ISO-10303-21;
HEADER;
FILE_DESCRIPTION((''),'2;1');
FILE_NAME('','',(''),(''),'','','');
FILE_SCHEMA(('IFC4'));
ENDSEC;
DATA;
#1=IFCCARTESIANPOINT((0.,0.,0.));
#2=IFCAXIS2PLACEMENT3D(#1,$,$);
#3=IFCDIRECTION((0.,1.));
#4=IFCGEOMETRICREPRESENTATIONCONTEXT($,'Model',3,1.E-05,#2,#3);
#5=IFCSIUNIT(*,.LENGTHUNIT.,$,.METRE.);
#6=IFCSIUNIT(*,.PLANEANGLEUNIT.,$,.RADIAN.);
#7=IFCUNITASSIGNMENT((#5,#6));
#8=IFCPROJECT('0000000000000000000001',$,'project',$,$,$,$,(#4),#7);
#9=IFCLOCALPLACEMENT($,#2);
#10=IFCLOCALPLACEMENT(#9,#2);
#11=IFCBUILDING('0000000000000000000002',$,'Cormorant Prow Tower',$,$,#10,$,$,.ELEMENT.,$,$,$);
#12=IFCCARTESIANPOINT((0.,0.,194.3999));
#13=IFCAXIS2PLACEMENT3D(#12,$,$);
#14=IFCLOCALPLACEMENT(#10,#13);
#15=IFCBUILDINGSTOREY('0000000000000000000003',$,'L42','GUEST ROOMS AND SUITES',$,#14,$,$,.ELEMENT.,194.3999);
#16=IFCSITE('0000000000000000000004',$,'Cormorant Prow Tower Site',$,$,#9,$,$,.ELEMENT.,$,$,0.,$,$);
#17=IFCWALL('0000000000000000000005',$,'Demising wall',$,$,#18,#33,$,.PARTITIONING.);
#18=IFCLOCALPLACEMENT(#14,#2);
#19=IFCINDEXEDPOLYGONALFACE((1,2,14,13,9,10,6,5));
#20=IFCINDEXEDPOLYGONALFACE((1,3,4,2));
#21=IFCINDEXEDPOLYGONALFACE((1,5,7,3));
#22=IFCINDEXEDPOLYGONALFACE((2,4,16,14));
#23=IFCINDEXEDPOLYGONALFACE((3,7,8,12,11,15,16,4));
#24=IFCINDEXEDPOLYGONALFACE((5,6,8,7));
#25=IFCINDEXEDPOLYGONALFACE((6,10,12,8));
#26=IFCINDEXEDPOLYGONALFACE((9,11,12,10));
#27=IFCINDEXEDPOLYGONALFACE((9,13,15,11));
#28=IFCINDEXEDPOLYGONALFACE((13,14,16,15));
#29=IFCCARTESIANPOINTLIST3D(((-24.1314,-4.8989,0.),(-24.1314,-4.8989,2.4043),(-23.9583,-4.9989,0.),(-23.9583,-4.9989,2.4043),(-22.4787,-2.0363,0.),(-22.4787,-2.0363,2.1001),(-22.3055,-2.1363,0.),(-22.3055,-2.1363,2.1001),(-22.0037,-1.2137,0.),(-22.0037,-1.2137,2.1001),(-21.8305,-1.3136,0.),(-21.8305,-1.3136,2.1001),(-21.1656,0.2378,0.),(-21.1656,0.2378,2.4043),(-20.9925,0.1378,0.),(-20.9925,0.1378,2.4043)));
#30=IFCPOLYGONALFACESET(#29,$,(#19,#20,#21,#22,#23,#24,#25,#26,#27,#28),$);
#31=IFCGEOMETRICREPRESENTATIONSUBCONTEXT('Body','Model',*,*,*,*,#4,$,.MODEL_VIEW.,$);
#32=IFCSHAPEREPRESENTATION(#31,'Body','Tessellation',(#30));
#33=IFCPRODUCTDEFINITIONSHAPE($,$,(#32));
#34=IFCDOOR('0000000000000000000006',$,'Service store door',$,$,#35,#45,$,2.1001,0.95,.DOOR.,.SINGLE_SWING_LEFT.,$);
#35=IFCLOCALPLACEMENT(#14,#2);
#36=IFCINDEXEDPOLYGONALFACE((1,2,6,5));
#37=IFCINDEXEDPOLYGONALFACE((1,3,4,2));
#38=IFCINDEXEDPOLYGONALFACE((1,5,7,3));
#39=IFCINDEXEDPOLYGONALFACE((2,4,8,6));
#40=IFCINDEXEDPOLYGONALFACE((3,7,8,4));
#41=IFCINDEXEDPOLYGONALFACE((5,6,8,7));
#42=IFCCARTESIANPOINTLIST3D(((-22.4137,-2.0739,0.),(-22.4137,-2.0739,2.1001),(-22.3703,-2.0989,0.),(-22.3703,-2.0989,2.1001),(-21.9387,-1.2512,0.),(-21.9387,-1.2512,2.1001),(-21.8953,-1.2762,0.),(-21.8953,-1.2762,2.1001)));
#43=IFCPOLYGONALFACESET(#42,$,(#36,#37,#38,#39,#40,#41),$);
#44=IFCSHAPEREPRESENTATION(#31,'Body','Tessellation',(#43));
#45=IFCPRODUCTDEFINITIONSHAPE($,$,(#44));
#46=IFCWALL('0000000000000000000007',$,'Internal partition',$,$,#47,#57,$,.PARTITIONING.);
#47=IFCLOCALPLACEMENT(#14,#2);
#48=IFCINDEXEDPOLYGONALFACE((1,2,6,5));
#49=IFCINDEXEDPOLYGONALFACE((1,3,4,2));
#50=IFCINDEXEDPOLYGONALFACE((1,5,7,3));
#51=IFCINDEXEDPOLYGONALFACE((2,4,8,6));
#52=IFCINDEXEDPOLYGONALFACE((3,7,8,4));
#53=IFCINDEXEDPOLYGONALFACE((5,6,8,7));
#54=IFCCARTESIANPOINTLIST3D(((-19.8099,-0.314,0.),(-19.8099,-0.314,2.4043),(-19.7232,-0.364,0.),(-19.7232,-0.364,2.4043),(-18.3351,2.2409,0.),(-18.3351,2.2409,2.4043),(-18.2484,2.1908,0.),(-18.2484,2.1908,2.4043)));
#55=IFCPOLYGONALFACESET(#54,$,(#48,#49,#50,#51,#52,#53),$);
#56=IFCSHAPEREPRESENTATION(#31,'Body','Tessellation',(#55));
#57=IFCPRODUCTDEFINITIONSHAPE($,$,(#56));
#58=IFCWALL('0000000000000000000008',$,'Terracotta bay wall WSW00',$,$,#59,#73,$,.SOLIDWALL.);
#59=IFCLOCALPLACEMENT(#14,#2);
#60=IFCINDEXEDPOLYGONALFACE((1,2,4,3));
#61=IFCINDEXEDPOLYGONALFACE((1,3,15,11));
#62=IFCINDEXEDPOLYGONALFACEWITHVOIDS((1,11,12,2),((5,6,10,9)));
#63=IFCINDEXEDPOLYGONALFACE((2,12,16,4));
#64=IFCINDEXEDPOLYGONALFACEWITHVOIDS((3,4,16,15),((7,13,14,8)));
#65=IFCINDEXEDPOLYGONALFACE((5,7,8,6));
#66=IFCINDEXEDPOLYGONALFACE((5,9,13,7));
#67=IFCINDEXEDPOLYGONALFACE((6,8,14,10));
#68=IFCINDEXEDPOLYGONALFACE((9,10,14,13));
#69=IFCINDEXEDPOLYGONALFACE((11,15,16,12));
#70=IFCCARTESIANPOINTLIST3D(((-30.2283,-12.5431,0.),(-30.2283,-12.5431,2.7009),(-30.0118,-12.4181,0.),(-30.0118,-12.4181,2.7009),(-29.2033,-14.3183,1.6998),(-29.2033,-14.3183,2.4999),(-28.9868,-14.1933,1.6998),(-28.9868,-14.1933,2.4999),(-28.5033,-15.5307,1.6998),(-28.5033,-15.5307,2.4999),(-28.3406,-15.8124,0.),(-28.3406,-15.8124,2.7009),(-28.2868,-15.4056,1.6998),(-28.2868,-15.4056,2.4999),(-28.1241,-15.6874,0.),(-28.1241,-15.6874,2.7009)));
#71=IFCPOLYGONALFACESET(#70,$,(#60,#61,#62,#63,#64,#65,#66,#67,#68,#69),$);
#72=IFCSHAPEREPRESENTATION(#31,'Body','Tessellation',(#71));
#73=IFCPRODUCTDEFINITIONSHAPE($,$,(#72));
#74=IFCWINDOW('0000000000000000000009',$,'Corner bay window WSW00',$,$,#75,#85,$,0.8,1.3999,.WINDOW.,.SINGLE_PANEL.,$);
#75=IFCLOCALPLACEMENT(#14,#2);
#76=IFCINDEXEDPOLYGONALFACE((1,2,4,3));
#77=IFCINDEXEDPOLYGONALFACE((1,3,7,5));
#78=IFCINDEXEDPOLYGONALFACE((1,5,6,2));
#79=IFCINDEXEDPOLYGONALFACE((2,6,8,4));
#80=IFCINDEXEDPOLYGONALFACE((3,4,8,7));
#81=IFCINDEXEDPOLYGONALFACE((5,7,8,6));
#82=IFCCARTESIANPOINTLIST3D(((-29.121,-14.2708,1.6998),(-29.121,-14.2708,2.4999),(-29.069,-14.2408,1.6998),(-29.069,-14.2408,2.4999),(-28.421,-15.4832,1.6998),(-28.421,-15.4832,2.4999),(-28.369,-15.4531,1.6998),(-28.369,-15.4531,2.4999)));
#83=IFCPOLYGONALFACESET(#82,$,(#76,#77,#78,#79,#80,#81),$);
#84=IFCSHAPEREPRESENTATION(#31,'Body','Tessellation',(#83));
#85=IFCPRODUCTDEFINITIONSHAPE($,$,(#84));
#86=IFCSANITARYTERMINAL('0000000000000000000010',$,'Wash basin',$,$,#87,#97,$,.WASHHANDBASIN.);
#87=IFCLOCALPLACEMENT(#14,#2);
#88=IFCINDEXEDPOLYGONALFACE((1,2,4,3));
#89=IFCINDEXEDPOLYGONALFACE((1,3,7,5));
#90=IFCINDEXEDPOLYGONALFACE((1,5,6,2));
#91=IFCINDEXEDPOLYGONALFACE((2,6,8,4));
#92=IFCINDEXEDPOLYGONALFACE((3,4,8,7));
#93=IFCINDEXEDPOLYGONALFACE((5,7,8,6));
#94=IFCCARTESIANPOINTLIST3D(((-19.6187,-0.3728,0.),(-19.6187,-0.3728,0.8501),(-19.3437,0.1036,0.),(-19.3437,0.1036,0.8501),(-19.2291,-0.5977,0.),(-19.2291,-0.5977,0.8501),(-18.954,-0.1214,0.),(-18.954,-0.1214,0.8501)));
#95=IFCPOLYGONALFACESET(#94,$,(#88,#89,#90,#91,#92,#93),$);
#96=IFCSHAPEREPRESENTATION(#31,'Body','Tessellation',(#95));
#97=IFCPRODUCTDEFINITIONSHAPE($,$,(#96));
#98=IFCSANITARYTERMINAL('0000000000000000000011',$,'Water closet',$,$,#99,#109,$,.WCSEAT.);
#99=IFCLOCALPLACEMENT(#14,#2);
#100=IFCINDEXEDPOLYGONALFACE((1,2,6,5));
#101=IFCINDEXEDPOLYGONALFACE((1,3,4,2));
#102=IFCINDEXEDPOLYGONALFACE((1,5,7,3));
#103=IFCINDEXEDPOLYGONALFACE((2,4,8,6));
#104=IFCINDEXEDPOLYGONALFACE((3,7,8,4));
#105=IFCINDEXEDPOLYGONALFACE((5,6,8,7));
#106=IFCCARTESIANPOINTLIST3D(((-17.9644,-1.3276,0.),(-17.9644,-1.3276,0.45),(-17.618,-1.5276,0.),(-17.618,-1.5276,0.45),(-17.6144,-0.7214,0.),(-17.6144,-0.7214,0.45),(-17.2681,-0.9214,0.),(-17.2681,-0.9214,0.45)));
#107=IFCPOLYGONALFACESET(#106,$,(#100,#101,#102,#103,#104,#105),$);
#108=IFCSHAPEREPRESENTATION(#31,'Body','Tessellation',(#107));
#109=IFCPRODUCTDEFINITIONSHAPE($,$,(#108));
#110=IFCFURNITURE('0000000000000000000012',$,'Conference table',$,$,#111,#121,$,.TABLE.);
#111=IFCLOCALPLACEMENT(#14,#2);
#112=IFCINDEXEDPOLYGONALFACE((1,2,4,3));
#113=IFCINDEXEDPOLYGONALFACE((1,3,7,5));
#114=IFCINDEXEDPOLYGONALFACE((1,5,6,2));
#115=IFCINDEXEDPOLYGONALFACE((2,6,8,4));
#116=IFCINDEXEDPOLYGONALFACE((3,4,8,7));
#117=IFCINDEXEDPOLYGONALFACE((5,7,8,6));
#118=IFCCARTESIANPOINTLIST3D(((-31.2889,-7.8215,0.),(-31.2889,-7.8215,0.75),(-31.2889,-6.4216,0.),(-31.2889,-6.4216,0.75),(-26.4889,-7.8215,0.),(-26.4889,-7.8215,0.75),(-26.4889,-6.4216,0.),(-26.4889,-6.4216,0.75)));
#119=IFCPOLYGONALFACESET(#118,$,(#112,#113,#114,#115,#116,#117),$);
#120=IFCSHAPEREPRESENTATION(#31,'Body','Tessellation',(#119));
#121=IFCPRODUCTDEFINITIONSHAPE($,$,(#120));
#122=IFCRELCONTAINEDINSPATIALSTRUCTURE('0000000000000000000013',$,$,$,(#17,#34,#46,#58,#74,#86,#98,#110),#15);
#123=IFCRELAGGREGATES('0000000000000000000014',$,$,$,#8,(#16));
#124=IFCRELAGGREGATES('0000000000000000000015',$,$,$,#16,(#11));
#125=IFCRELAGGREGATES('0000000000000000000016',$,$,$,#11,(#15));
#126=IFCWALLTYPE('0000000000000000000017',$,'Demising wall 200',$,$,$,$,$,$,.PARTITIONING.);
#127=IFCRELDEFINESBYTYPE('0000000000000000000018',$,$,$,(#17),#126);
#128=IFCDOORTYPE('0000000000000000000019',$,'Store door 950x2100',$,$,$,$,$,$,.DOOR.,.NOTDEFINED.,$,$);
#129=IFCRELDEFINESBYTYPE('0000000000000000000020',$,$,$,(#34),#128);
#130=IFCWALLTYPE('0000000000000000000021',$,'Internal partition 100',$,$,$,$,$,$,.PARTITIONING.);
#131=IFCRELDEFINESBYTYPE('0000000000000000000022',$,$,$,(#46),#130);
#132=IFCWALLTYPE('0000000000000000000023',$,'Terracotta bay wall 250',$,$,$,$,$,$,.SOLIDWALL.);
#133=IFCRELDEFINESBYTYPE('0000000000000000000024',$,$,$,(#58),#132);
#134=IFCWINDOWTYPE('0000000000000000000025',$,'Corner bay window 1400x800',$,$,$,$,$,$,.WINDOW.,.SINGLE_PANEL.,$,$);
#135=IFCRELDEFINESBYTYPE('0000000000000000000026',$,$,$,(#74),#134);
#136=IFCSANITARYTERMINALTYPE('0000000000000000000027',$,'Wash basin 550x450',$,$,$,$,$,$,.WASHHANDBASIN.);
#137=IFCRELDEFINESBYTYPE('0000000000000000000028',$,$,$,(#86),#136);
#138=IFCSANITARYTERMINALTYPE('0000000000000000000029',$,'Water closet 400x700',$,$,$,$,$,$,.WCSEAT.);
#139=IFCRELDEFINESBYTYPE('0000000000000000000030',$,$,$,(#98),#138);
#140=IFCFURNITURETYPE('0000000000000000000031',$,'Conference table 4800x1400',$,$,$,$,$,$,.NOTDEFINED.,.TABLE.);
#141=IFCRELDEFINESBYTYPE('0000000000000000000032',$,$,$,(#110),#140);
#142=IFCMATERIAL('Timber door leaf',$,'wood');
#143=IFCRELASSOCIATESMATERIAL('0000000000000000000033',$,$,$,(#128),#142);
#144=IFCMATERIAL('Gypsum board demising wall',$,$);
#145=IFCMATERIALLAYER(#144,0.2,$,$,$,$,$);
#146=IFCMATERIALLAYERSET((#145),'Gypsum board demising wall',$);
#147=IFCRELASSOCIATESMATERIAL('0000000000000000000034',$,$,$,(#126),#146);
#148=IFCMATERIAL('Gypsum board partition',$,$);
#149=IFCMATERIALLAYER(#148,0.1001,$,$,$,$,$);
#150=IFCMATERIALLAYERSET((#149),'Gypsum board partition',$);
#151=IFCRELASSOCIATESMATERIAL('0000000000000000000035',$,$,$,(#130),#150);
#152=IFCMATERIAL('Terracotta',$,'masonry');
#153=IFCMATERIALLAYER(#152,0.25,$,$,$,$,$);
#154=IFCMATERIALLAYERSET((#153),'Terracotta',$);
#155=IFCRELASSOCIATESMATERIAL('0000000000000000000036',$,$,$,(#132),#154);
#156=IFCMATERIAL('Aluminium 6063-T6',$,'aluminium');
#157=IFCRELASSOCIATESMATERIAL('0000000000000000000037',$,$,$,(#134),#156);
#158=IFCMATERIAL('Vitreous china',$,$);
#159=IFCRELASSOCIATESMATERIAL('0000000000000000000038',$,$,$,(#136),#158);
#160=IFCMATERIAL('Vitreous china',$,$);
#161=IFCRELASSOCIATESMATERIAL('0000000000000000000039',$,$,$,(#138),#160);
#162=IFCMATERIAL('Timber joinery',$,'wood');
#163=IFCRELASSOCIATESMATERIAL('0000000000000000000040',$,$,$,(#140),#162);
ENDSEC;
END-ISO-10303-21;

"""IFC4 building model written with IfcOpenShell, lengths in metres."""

from ifc_helpers import new_model, si_unit, direction, frame, frame_2d, origin, origin_2d, place, context, subcontext, project, spatial, rectangle, extrude, material, layer, layer_set, type_object, element, fill, save


model = new_model("IFC4")

# Units and contexts
model_context = context("Model", 3, precision=1e-05, world=origin(), true_north=direction((0.0, 1.0)))
body_context = subcontext(model_context, "Body", "Model", "MODEL_VIEW")
ifc_project = project(units=[si_unit("LENGTHUNIT", "METRE"), si_unit("PLANEANGLEUNIT", "RADIAN")], contexts=[model_context])

# Site, building, storey
site_placement = place(None, origin())
site = spatial("IfcSite", under=ifc_project, at=site_placement, Name="Cormorant Prow Tower Site", CompositionType="ELEMENT", RefElevation=0.0)
building_placement = place(site_placement, origin())
building = spatial("IfcBuilding", under=site, at=building_placement, Name="Cormorant Prow Tower", CompositionType="ELEMENT")
storey_placement = place(building_placement, frame((0.0, 0.0, 194.3999)))
storey = spatial("IfcBuildingStorey", under=building, at=storey_placement, Name="L42", Description="GUEST ROOMS AND SUITES", CompositionType="ELEMENT", Elevation=194.3999)

# Shared definitions
ifc_material_1 = material(Name="Timber door leaf", Category="wood")
door_type_1 = type_object("IfcDoorType", Name="Store door 950x2100", OperationType="NOTDEFINED", PredefinedType="DOOR", material=ifc_material_1)

# Shared definitions
ifc_material_2 = material(Name="Gypsum board demising wall")
ifc_layer_1 = layer(ifc_material_2, 0.2)
ifc_layer_set_1 = layer_set([ifc_layer_1], Name="Gypsum board demising wall")
wall_type_1 = type_object("IfcWallType", Name="Demising wall 200", PredefinedType="PARTITIONING", material=ifc_layer_set_1)

# Wall, opening, door
wall_1_placement = place(storey_placement, frame((-24.0449, -4.949, 0.0), z_axis=(0.0, 0.0, 1.0), x_axis=(0.500017, 0.866016, 0.0)))
wall_1 = element("IfcWall", 1, at=wall_1_placement, inside=storey, type_object=wall_type_1, Name="Demising wall", PredefinedType="PARTITIONING", context=body_context, shape_type="SweptSolid", body=[
    extrude(rectangle(XDim=5.9314, YDim=0.2, at=frame_2d((2.9658, 0.0))), origin(), (0.0, 0.0, 1.0), 2.4043),
])
opening_1_placement = place(wall_1_placement, frame((3.3054, 0.0, 0.0)))
opening_1 = element("IfcOpeningElement", 2, at=opening_1_placement, cuts=wall_1, PredefinedType="OPENING", context=body_context, shape_type="SweptSolid", body=[
    extrude(rectangle(XDim=0.95, YDim=2.1001, at=frame_2d((0.4751, 1.05))), frame((0.0, 0.1099, 0.0), z_axis=(0.0, -1.0, 0.0), x_axis=(1.0, 0.0, 0.0)), (0.0, 0.0, 1.0), 0.22),
])
door_1_placement = place(opening_1_placement, origin())
door_1 = element("IfcDoor", 3, at=door_1_placement, inside=storey, type_object=door_type_1, Name="Service store door", OperationType="SINGLE_SWING_LEFT", OverallHeight=2.1001, OverallWidth=0.95, PredefinedType="DOOR", context=body_context, shape_type="SweptSolid", body=[
    extrude(rectangle(XDim=0.95, YDim=2.1001, at=frame_2d((0.4751, 1.05))), frame((0.0, 0.0249, 0.0), z_axis=(0.0, -1.0, 0.0), x_axis=(1.0, 0.0, 0.0)), (0.0, 0.0, 1.0), 0.05),
])
fill(opening_1, door_1)

# Wall
ifc_material_3 = material(Name="Gypsum board partition")
ifc_layer_2 = layer(ifc_material_3, 0.1001)
ifc_layer_set_2 = layer_set([ifc_layer_2], Name="Gypsum board partition")
wall_type_2 = type_object("IfcWallType", Name="Internal partition 100", PredefinedType="PARTITIONING", material=ifc_layer_set_2)
wall_2_placement = place(storey_placement, frame((-19.7666, -0.3391, 0.0), z_axis=(0.0, 0.0, 1.0), x_axis=(0.49994, 0.86606, 0.0)))
element("IfcWall", 4, at=wall_2_placement, inside=storey, type_object=wall_type_2, Name="Internal partition", PredefinedType="PARTITIONING", context=body_context, shape_type="SweptSolid", body=[
    extrude(rectangle(XDim=2.95, YDim=0.1001, at=frame_2d((1.4751, 0.0))), origin(), (0.0, 0.0, 1.0), 2.4043),
])

# Wall, opening, window
ifc_material_4 = material(Name="Terracotta", Category="masonry")
ifc_layer_3 = layer(ifc_material_4, 0.25)
ifc_layer_set_3 = layer_set([ifc_layer_3], Name="Terracotta")
wall_type_3 = type_object("IfcWallType", Name="Terracotta bay wall 250", PredefinedType="SOLIDWALL", material=ifc_layer_set_3)
wall_3_placement = place(storey_placement, frame((-30.1201, -12.4805, 0.0), z_axis=(0.0, 0.0, 1.0), x_axis=(0.500034, -0.866006, 0.0)))
wall_3 = element("IfcWall", 5, at=wall_3_placement, inside=storey, type_object=wall_type_3, Name="Terracotta bay wall WSW00", PredefinedType="SOLIDWALL", context=body_context, shape_type="SweptSolid", body=[
    extrude(rectangle(XDim=3.7751, YDim=0.25, at=frame_2d((1.8877, 0.0))), origin(), (0.0, 0.0, 1.0), 2.7009),
])
opening_2_placement = place(wall_3_placement, frame((2.05, 0.0, 1.7)))
opening_2 = element("IfcOpeningElement", 6, at=opening_2_placement, cuts=wall_3, PredefinedType="OPENING", context=body_context, shape_type="SweptSolid", body=[
    extrude(rectangle(XDim=1.3999, YDim=0.8, at=frame_2d((0.7, 0.3999))), frame((0.0, 0.135, 0.0), z_axis=(0.0, -1.0, 0.0), x_axis=(1.0, 0.0, 0.0)), (0.0, 0.0, 1.0), 0.27),
])
ifc_material_5 = material(Name="Aluminium 6063-T6", Category="aluminium")
window_type = type_object("IfcWindowType", Name="Corner bay window 1400x800", PartitioningType="SINGLE_PANEL", PredefinedType="WINDOW", material=ifc_material_5)
window_placement = place(opening_2_placement, origin())
window = element("IfcWindow", 7, at=window_placement, inside=storey, type_object=window_type, Name="Corner bay window WSW00", OverallHeight=0.8, OverallWidth=1.3999, PartitioningType="SINGLE_PANEL", PredefinedType="WINDOW", context=body_context, shape_type="SweptSolid", body=[
    extrude(rectangle(XDim=1.3999, YDim=0.8, at=frame_2d((0.7, 0.3999))), frame((0.0, 0.03, 0.0), z_axis=(0.0, -1.0, 0.0), x_axis=(1.0, 0.0, 0.0)), (0.0, 0.0, 1.0), 0.0601),
])
fill(opening_2, window)

# Sanitary terminals
ifc_material_6 = material(Name="Vitreous china")
sanitary_terminal_type_1 = type_object("IfcSanitaryTerminalType", Name="Wash basin 550x450", PredefinedType="WASHHANDBASIN", material=ifc_material_6)
sanitary_terminal_1_placement = place(storey_placement, frame((-19.2864, -0.2471, 0.0), z_axis=(0.0, 0.0, 1.0), x_axis=(0.5, 0.866025, 0.0)))
element("IfcSanitaryTerminal", 8, at=sanitary_terminal_1_placement, inside=storey, type_object=sanitary_terminal_type_1, Name="Wash basin", PredefinedType="WASHHANDBASIN", context=body_context, shape_type="SweptSolid", body=[
    extrude(rectangle(XDim=0.55, YDim=0.45, at=origin_2d()), origin(), (0.0, 0.0, 1.0), 0.8501),
])
ifc_material_7 = material(Name="Vitreous china")
sanitary_terminal_type_2 = type_object("IfcSanitaryTerminalType", Name="Water closet 400x700", PredefinedType="WCSEAT", material=ifc_material_7)
sanitary_terminal_2_placement = place(storey_placement, frame((-17.6162, -1.1245, 0.0), z_axis=(0.0, 0.0, 1.0), x_axis=(-0.866025, 0.5, 0.0)))
element("IfcSanitaryTerminal", 9, at=sanitary_terminal_2_placement, inside=storey, type_object=sanitary_terminal_type_2, Name="Water closet", PredefinedType="WCSEAT", context=body_context, shape_type="SweptSolid", body=[
    extrude(rectangle(XDim=0.3999, YDim=0.7, at=origin_2d()), origin(), (0.0, 0.0, 1.0), 0.45),
])

# Furniture
ifc_material_8 = material(Name="Timber joinery", Category="wood")
furniture_type = type_object("IfcFurnitureType", Name="Conference table 4800x1400", AssemblyPlace="NOTDEFINED", PredefinedType="TABLE", material=ifc_material_8)
furniture_placement = place(storey_placement, frame((-28.8889, -7.1216, 0.0), z_axis=(0.0, 0.0, 1.0), x_axis=(1.0, 0.0, 0.0)))
element("IfcFurniture", 10, at=furniture_placement, inside=storey, type_object=furniture_type, Name="Conference table", PredefinedType="TABLE", context=body_context, shape_type="SweptSolid", body=[
    extrude(rectangle(XDim=4.8, YDim=1.3999, at=origin_2d()), origin(), (0.0, 0.0, 1.0), 0.75),
])

save(model, "model.ifc")
